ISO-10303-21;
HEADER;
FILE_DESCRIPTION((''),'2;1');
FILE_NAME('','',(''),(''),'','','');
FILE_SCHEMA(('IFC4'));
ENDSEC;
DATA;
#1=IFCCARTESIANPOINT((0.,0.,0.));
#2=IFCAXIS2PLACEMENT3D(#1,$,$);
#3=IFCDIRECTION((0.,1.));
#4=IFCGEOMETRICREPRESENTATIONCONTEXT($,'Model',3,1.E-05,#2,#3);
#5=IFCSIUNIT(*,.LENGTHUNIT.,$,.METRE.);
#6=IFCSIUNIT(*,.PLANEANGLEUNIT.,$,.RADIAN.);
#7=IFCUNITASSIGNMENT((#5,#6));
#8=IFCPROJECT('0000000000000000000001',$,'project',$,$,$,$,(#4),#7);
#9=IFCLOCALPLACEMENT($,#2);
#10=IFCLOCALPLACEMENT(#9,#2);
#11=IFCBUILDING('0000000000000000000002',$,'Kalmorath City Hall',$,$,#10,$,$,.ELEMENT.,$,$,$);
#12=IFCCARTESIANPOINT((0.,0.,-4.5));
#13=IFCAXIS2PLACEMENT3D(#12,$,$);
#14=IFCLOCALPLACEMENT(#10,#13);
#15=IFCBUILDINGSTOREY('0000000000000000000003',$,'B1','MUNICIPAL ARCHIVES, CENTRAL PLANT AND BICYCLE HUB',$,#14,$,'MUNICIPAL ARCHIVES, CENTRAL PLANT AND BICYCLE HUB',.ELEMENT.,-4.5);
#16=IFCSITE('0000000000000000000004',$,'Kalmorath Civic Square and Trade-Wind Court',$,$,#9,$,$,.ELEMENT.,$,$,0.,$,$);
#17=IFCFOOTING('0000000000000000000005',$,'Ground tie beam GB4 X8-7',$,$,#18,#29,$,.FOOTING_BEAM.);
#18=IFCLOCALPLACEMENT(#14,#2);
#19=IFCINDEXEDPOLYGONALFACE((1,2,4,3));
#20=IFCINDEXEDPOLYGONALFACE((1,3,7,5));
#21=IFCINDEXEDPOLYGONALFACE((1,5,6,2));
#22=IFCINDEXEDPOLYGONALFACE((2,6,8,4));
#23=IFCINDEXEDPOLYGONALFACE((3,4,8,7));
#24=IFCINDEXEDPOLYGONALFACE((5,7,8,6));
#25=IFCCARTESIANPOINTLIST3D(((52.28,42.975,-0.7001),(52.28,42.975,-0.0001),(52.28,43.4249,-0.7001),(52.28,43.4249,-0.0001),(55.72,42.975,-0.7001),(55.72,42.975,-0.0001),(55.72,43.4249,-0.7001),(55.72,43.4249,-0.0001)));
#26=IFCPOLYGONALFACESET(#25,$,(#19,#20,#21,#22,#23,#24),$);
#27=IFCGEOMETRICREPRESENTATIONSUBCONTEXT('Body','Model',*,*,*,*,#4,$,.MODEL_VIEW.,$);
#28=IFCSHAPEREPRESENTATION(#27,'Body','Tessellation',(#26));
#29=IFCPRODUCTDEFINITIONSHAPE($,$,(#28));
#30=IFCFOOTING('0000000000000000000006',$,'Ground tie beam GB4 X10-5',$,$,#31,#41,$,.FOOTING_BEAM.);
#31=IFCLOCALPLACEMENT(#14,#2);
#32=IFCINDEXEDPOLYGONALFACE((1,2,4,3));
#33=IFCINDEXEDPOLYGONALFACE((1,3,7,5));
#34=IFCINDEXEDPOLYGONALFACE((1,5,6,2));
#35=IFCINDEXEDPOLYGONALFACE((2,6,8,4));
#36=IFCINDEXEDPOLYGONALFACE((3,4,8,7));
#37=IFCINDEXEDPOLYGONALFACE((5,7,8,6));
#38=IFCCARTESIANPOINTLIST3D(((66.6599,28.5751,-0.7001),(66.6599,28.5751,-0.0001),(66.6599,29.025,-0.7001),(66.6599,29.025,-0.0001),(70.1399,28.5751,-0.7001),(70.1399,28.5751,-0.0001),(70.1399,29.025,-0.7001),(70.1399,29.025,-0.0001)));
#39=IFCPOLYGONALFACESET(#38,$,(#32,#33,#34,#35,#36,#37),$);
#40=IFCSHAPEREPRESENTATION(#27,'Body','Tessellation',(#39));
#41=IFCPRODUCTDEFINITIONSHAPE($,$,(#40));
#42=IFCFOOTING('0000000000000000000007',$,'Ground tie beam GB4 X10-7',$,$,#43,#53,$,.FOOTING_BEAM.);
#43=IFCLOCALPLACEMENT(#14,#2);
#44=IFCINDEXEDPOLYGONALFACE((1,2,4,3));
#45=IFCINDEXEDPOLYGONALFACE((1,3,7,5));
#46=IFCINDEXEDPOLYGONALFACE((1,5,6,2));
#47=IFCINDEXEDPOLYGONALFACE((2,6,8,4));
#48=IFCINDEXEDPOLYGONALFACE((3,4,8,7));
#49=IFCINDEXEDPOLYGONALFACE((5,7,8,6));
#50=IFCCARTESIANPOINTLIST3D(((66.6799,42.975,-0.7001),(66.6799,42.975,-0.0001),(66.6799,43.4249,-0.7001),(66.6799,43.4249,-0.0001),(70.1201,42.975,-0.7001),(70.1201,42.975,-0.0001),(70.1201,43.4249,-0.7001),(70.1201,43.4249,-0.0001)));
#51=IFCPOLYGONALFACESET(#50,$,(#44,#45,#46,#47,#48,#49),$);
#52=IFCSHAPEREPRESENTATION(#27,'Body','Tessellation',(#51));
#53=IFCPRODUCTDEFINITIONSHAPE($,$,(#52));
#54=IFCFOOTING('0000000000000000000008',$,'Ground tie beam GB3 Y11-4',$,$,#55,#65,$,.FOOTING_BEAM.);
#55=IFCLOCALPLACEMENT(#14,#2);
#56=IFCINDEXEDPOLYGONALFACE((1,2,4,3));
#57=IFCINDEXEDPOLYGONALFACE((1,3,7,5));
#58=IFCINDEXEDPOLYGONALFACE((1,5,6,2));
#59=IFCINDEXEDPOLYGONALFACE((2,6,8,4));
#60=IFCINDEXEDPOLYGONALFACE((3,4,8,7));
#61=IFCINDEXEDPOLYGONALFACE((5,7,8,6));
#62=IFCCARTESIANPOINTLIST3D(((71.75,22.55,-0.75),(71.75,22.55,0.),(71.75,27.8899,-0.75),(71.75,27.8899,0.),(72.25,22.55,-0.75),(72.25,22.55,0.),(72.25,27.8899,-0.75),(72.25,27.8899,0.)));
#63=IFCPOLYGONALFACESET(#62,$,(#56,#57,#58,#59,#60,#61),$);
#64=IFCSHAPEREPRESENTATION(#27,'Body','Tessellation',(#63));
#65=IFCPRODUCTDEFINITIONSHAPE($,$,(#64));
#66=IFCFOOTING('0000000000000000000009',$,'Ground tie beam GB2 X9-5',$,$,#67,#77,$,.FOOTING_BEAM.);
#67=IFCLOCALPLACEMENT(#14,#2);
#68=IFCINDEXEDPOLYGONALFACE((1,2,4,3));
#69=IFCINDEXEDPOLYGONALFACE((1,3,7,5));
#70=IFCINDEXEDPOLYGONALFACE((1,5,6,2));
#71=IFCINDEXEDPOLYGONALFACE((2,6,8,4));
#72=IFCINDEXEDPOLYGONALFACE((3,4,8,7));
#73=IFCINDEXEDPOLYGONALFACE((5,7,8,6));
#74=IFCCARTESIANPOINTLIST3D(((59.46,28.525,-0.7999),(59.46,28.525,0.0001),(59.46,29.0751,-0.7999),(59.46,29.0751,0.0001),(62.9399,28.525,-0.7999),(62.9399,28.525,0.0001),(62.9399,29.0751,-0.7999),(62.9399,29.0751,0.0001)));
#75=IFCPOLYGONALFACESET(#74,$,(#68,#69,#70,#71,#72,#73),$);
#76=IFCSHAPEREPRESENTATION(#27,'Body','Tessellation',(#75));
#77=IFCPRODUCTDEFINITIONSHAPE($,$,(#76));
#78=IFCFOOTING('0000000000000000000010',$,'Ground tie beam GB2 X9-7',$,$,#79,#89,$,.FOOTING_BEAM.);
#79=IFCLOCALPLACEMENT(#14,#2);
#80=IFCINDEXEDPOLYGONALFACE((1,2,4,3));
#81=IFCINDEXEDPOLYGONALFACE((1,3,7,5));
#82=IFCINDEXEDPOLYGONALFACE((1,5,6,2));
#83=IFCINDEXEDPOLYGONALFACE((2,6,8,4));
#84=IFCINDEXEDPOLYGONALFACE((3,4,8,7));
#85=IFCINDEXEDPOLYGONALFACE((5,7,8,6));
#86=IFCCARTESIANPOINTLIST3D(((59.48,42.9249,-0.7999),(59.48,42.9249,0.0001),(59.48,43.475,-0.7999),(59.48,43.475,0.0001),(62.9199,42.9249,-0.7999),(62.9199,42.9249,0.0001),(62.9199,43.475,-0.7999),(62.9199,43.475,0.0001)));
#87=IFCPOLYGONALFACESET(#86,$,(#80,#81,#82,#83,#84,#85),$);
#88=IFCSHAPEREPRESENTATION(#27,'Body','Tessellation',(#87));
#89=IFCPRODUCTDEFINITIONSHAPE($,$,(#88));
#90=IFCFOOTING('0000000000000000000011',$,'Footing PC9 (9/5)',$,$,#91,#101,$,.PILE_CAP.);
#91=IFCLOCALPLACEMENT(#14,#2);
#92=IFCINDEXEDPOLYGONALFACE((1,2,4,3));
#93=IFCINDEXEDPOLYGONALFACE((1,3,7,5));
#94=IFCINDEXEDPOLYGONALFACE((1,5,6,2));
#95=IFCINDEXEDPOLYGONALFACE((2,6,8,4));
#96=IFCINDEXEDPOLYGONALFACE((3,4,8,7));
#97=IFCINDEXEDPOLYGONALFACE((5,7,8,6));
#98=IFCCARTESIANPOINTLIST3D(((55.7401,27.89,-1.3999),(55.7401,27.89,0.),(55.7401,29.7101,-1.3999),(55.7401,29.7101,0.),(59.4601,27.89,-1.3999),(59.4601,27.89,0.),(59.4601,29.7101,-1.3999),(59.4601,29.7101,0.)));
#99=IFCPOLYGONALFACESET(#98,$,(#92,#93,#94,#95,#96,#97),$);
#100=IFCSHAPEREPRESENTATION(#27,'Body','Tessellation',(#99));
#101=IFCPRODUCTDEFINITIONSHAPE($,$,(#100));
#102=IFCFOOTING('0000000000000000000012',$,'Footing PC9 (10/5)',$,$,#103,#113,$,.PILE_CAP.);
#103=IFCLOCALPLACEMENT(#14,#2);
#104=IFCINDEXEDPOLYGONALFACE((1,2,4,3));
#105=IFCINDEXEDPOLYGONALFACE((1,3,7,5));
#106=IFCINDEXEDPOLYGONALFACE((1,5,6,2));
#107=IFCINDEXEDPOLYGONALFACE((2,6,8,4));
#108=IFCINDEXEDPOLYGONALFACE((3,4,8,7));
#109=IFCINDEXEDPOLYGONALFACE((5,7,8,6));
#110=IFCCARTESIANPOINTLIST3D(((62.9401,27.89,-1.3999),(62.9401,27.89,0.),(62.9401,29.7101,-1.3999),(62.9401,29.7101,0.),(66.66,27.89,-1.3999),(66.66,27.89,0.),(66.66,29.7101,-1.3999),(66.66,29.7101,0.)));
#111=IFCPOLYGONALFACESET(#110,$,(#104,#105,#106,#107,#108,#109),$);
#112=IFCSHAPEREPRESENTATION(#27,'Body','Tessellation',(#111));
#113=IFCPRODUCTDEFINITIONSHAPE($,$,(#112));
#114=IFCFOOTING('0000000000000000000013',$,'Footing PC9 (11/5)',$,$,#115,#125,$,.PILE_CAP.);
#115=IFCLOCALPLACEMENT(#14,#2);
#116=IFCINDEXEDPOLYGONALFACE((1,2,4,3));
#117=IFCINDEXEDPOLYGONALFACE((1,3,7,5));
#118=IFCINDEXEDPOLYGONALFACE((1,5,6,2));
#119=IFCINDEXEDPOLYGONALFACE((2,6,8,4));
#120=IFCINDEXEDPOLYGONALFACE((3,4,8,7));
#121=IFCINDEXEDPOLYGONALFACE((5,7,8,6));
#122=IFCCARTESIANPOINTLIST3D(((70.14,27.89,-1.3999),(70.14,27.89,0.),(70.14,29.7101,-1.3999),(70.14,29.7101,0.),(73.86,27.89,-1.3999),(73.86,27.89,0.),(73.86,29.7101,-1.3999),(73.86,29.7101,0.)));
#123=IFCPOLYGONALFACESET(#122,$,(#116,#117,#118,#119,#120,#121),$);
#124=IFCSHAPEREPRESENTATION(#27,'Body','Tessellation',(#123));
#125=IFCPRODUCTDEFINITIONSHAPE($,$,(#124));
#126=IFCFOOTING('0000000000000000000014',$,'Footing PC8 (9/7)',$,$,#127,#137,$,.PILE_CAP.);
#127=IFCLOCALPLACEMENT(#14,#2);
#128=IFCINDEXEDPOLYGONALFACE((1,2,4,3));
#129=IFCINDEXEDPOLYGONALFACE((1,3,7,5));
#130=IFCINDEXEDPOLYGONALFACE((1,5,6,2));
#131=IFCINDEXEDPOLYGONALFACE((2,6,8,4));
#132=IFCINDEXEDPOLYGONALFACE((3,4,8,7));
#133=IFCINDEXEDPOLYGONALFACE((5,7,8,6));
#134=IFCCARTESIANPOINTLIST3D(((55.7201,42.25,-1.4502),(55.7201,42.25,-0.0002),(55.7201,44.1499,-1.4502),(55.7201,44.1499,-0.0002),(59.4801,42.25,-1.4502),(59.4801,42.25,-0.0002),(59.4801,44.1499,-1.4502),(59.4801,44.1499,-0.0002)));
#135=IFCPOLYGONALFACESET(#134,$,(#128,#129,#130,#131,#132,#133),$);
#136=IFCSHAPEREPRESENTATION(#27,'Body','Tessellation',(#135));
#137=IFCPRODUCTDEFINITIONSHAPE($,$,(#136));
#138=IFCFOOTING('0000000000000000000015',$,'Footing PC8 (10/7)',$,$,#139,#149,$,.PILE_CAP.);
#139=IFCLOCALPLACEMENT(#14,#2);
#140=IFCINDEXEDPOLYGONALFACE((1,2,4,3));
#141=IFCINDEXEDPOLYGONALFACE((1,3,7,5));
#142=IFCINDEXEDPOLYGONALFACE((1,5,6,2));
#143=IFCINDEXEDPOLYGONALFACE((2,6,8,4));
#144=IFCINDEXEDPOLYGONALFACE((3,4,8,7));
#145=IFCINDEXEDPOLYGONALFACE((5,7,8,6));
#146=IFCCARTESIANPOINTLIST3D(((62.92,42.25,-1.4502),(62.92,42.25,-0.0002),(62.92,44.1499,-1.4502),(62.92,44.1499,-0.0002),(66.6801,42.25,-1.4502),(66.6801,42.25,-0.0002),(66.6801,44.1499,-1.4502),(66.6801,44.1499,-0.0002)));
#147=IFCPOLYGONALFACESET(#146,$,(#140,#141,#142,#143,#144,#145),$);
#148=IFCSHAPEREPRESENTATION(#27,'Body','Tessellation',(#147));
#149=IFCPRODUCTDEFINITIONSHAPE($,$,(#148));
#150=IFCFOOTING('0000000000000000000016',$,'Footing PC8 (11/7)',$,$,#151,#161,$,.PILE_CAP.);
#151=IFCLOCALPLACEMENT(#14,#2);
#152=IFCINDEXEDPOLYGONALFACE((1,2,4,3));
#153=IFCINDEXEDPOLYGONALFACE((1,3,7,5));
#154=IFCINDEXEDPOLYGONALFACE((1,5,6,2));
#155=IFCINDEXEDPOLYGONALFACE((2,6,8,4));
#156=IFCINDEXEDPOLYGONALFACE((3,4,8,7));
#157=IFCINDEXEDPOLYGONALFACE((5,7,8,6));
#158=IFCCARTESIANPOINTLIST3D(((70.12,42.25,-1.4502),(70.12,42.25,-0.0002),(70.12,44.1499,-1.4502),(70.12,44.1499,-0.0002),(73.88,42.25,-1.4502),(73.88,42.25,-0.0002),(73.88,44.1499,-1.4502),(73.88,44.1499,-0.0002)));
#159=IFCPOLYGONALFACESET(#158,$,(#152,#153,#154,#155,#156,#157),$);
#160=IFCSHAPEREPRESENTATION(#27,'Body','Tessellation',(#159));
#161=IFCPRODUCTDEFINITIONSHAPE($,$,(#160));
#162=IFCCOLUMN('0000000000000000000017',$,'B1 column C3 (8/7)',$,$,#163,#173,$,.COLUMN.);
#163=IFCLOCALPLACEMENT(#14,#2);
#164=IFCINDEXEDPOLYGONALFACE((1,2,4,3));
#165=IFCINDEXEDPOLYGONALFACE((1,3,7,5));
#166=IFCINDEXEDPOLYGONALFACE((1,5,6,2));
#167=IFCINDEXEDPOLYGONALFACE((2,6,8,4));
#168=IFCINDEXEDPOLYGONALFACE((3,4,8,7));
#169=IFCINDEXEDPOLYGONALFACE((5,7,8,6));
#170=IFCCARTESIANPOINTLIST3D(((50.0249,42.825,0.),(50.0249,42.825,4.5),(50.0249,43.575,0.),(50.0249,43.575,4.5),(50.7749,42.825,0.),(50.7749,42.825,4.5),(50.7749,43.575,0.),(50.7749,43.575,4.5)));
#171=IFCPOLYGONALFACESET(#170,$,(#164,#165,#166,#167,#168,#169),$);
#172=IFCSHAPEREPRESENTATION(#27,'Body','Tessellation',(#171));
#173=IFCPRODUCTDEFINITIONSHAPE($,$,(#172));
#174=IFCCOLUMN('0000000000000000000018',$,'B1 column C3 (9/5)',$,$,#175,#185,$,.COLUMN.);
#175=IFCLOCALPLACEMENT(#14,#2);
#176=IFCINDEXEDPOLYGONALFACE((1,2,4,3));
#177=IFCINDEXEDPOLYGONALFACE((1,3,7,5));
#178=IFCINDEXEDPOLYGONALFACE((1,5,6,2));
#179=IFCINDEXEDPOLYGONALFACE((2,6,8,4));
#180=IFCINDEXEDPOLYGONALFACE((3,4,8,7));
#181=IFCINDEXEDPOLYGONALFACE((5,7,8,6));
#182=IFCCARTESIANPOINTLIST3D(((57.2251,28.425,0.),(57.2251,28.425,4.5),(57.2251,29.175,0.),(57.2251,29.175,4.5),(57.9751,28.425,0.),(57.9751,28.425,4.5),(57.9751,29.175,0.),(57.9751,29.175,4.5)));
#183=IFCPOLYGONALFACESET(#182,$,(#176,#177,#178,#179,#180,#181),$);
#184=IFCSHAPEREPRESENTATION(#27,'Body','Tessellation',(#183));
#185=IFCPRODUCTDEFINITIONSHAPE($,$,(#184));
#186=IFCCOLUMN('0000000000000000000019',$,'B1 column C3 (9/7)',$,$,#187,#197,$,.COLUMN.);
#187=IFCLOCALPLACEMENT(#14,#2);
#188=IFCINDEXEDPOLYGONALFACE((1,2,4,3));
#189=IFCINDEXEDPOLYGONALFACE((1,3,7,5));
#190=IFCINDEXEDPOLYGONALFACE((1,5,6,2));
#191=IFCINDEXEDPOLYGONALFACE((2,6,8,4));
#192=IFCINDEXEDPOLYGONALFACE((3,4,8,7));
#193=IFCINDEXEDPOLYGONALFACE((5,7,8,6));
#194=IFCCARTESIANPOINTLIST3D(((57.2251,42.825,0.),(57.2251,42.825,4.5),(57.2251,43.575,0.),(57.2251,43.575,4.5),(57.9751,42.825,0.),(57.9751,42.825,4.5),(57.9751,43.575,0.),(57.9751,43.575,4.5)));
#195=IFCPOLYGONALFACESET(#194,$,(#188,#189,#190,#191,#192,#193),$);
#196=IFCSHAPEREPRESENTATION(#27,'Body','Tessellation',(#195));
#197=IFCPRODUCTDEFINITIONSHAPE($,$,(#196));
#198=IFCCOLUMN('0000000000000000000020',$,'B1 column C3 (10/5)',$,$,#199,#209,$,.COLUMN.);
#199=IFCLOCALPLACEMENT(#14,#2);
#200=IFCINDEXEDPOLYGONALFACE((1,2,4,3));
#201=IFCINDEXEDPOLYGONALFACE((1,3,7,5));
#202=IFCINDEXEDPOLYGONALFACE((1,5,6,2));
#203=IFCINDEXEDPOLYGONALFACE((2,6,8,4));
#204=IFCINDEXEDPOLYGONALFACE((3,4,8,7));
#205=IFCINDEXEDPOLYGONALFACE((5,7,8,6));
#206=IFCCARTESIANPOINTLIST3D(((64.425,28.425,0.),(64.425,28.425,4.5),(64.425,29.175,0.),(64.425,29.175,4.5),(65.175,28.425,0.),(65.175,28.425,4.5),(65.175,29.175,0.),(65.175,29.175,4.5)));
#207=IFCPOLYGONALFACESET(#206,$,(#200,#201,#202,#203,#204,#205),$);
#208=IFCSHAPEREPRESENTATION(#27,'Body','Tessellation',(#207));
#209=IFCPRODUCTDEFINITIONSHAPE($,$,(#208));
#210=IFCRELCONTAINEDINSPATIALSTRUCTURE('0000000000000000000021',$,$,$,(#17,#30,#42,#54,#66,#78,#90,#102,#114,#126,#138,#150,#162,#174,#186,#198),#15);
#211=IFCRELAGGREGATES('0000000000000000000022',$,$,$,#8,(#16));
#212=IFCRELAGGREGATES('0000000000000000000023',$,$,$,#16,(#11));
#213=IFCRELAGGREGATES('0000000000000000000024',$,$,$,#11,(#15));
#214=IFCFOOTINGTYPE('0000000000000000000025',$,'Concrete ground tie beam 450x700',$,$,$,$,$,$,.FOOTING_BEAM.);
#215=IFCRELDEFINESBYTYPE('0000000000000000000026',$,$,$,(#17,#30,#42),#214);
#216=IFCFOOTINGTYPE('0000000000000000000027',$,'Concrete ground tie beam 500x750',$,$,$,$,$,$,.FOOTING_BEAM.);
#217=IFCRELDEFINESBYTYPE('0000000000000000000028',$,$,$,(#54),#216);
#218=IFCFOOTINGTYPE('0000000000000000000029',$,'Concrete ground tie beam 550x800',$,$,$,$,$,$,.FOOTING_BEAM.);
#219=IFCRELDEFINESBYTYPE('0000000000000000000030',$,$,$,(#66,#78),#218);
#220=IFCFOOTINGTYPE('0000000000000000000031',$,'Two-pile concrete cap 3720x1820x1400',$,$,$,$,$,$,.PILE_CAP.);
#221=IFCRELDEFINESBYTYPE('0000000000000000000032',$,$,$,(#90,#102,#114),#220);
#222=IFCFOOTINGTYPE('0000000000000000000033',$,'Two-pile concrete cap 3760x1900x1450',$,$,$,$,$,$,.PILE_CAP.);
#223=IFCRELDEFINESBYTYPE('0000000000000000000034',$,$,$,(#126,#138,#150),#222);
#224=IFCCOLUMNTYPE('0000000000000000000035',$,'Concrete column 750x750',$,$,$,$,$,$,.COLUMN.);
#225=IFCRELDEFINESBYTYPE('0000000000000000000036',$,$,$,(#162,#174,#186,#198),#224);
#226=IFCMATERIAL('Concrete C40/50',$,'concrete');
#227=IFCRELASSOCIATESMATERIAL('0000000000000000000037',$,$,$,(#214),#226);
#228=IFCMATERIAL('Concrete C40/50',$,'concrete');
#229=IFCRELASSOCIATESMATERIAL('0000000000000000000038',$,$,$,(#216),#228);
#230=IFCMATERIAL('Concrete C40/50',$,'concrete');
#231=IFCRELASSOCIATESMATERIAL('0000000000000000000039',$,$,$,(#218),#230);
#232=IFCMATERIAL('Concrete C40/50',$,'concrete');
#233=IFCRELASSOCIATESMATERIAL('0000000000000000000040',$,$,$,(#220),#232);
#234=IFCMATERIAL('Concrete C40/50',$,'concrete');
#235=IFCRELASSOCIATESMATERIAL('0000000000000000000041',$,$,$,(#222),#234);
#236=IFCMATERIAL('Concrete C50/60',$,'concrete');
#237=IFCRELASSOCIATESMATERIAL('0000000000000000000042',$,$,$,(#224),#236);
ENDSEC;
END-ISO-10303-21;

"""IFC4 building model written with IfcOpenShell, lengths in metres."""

from ifc_helpers import new_model, si_unit, direction, frame, origin, origin_2d, place, context, subcontext, project, spatial, rectangle, extrude, material, material_profile, profile_set, type_object, element, save


model = new_model("IFC4")

# Units and contexts
model_context = context("Model", 3, precision=1e-05, world=origin(), true_north=direction((0.0, 1.0)))
body_context = subcontext(model_context, "Body", "Model", "MODEL_VIEW")
ifc_project = project(units=[si_unit("LENGTHUNIT", "METRE"), si_unit("PLANEANGLEUNIT", "RADIAN")], contexts=[model_context])

# Site, building, storey
site_placement = place(None, origin())
site = spatial("IfcSite", under=ifc_project, at=site_placement, Name="Kalmorath Civic Square and Trade-Wind Court", CompositionType="ELEMENT", RefElevation=0.0)
building_placement = place(site_placement, origin())
building = spatial("IfcBuilding", under=site, at=building_placement, Name="Kalmorath City Hall", CompositionType="ELEMENT")
storey_placement = place(building_placement, frame((0.0, 0.0, -4.5)))
storey = spatial("IfcBuildingStorey", under=building, at=storey_placement, Name="B1", Description="MUNICIPAL ARCHIVES, CENTRAL PLANT AND BICYCLE HUB", LongName="MUNICIPAL ARCHIVES, CENTRAL PLANT AND BICYCLE HUB", CompositionType="ELEMENT", Elevation=-4.5)

# Footings
ifc_material_1 = material(Name="Concrete C40/50", Category="concrete")
ifc_material_profile_1 = material_profile(ifc_material_1, rectangle(XDim=0.45, YDim=0.7, at=origin_2d()), Name="RC-BM-450X700")
ifc_profile_set_1 = profile_set([ifc_material_profile_1], Name="Concrete C40/50")
footing_type_1 = type_object("IfcFootingType", Name="Concrete ground tie beam 450x700", PredefinedType="FOOTING_BEAM", material=ifc_profile_set_1)
footing_1_placement = place(storey_placement, frame((52.28, 43.2, -0.3501), z_axis=(1.0, 0.0, 0.0), x_axis=(0.0, 1.0, 0.0)))
element("IfcFooting", 1, at=footing_1_placement, inside=storey, type_object=footing_type_1, Name="Ground tie beam GB4 X8-7", PredefinedType="FOOTING_BEAM", context=body_context, shape_type="SweptSolid", body=[
    extrude(rectangle(XDim=0.45, YDim=0.7, at=origin_2d()), origin(), (0.0, 0.0, 1.0), 3.4399),
])
footing_2_placement = place(storey_placement, frame((66.6599, 28.8, -0.3501), z_axis=(1.0, 0.0, 0.0), x_axis=(0.0, 1.0, 0.0)))
element("IfcFooting", 2, at=footing_2_placement, inside=storey, type_object=footing_type_1, Name="Ground tie beam GB4 X10-5", PredefinedType="FOOTING_BEAM", context=body_context, shape_type="SweptSolid", body=[
    extrude(rectangle(XDim=0.45, YDim=0.7, at=origin_2d()), origin(), (0.0, 0.0, 1.0), 3.48),
])
footing_3_placement = place(storey_placement, frame((66.6799, 43.2, -0.3501), z_axis=(1.0, 0.0, 0.0), x_axis=(0.0, 1.0, 0.0)))
element("IfcFooting", 3, at=footing_3_placement, inside=storey, type_object=footing_type_1, Name="Ground tie beam GB4 X10-7", PredefinedType="FOOTING_BEAM", context=body_context, shape_type="SweptSolid", body=[
    extrude(rectangle(XDim=0.45, YDim=0.7, at=origin_2d()), origin(), (0.0, 0.0, 1.0), 3.4402),
])
ifc_material_2 = material(Name="Concrete C40/50", Category="concrete")
ifc_material_profile_2 = material_profile(ifc_material_2, rectangle(XDim=0.5, YDim=0.75, at=origin_2d()), Name="RC-BM-500X750")
ifc_profile_set_2 = profile_set([ifc_material_profile_2], Name="Concrete C40/50")
footing_type_2 = type_object("IfcFootingType", Name="Concrete ground tie beam 500x750", PredefinedType="FOOTING_BEAM", material=ifc_profile_set_2)
footing_4_placement = place(storey_placement, frame((72.0, 22.55, -0.375), z_axis=(0.0, 1.0, 0.0), x_axis=(-1.0, 0.0, 0.0)))
element("IfcFooting", 4, at=footing_4_placement, inside=storey, type_object=footing_type_2, Name="Ground tie beam GB3 Y11-4", PredefinedType="FOOTING_BEAM", context=body_context, shape_type="SweptSolid", body=[
    extrude(rectangle(XDim=0.5, YDim=0.75, at=origin_2d()), origin(), (0.0, 0.0, 1.0), 5.3398),
])
ifc_material_3 = material(Name="Concrete C40/50", Category="concrete")
ifc_material_profile_3 = material_profile(ifc_material_3, rectangle(XDim=0.55, YDim=0.8, at=origin_2d()), Name="RC-BM-550X800")
ifc_profile_set_3 = profile_set([ifc_material_profile_3], Name="Concrete C40/50")
footing_type_3 = type_object("IfcFootingType", Name="Concrete ground tie beam 550x800", PredefinedType="FOOTING_BEAM", material=ifc_profile_set_3)
footing_5_placement = place(storey_placement, frame((59.46, 28.8, -0.3999), z_axis=(1.0, 0.0, 0.0), x_axis=(0.0, 1.0, 0.0)))
element("IfcFooting", 5, at=footing_5_placement, inside=storey, type_object=footing_type_3, Name="Ground tie beam GB2 X9-5", PredefinedType="FOOTING_BEAM", context=body_context, shape_type="SweptSolid", body=[
    extrude(rectangle(XDim=0.55, YDim=0.8, at=origin_2d()), origin(), (0.0, 0.0, 1.0), 3.48),
])
footing_6_placement = place(storey_placement, frame((59.48, 43.2, -0.3999), z_axis=(1.0, 0.0, 0.0), x_axis=(0.0, 1.0, 0.0)))
element("IfcFooting", 6, at=footing_6_placement, inside=storey, type_object=footing_type_3, Name="Ground tie beam GB2 X9-7", PredefinedType="FOOTING_BEAM", context=body_context, shape_type="SweptSolid", body=[
    extrude(rectangle(XDim=0.55, YDim=0.8, at=origin_2d()), origin(), (0.0, 0.0, 1.0), 3.4399),
])
ifc_material_4 = material(Name="Concrete C40/50", Category="concrete")
footing_type_4 = type_object("IfcFootingType", Name="Two-pile concrete cap 3720x1820x1400", PredefinedType="PILE_CAP", material=ifc_material_4)
for number, where, z_axis, x_axis, name in (
    (7, (57.6001, 28.8, -1.3999), (0.0, 0.0, 1.0), (1.0, 0.0, 0.0), "Footing PC9 (9/5)"),
    (8, (64.8, 28.8, -1.3999), (0.0, 0.0, 1.0), (1.0, 0.0, 0.0), "Footing PC9 (10/5)"),
    (9, (72.0, 28.8, -1.3999), (0.0, 0.0, 1.0), (1.0, 0.0, 0.0), "Footing PC9 (11/5)"),
):
    element("IfcFooting", number, at=place(storey_placement, frame(where, z_axis=z_axis, x_axis=x_axis)), inside=storey, type_object=footing_type_4, Name=name, PredefinedType="PILE_CAP", context=body_context, shape_type="SweptSolid", body=[
        extrude(rectangle(XDim=3.72, YDim=1.8201, at=origin_2d()), origin(), (0.0, 0.0, 1.0), 1.3999),
    ])
ifc_material_5 = material(Name="Concrete C40/50", Category="concrete")
footing_type_5 = type_object("IfcFootingType", Name="Two-pile concrete cap 3760x1900x1450", PredefinedType="PILE_CAP", material=ifc_material_5)
for number, where, z_axis, x_axis, name in (
    (10, (57.6001, 43.2, -1.4502), (0.0, 0.0, 1.0), (1.0, 0.0, 0.0), "Footing PC8 (9/7)"),
    (11, (64.8, 43.2, -1.4502), (0.0, 0.0, 1.0), (1.0, 0.0, 0.0), "Footing PC8 (10/7)"),
    (12, (72.0, 43.2, -1.4502), (0.0, 0.0, 1.0), (1.0, 0.0, 0.0), "Footing PC8 (11/7)"),
):
    element("IfcFooting", number, at=place(storey_placement, frame(where, z_axis=z_axis, x_axis=x_axis)), inside=storey, type_object=footing_type_5, Name=name, PredefinedType="PILE_CAP", context=body_context, shape_type="SweptSolid", body=[
        extrude(rectangle(XDim=3.76, YDim=1.8999, at=origin_2d()), origin(), (0.0, 0.0, 1.0), 1.45),
    ])

# Columns
ifc_material_6 = material(Name="Concrete C50/60", Category="concrete")
ifc_material_profile_4 = material_profile(ifc_material_6, rectangle(XDim=0.75, YDim=0.75, at=origin_2d()), Name="RC-COL-750X750")
ifc_profile_set_4 = profile_set([ifc_material_profile_4], Name="Concrete C50/60")
column_type = type_object("IfcColumnType", Name="Concrete column 750x750", PredefinedType="COLUMN", material=ifc_profile_set_4)
for number, where, z_axis, x_axis, name in (
    (13, (50.3999, 43.2, 0.0), (0.0, 0.0, 1.0), (1.0, 0.0, 0.0), "B1 column C3 (8/7)"),
    (14, (57.6001, 28.8, 0.0), (0.0, 0.0, 1.0), (1.0, 0.0, 0.0), "B1 column C3 (9/5)"),
    (15, (57.6001, 43.2, 0.0), (0.0, 0.0, 1.0), (1.0, 0.0, 0.0), "B1 column C3 (9/7)"),
    (16, (64.8, 28.8, 0.0), (0.0, 0.0, 1.0), (1.0, 0.0, 0.0), "B1 column C3 (10/5)"),
):
    element("IfcColumn", number, at=place(storey_placement, frame(where, z_axis=z_axis, x_axis=x_axis)), inside=storey, type_object=column_type, Name=name, PredefinedType="COLUMN", context=body_context, shape_type="SweptSolid", body=[
        extrude(rectangle(XDim=0.75, YDim=0.75, at=origin_2d()), origin(), (0.0, 0.0, 1.0), 4.5),
    ])

save(model, "model.ifc")
